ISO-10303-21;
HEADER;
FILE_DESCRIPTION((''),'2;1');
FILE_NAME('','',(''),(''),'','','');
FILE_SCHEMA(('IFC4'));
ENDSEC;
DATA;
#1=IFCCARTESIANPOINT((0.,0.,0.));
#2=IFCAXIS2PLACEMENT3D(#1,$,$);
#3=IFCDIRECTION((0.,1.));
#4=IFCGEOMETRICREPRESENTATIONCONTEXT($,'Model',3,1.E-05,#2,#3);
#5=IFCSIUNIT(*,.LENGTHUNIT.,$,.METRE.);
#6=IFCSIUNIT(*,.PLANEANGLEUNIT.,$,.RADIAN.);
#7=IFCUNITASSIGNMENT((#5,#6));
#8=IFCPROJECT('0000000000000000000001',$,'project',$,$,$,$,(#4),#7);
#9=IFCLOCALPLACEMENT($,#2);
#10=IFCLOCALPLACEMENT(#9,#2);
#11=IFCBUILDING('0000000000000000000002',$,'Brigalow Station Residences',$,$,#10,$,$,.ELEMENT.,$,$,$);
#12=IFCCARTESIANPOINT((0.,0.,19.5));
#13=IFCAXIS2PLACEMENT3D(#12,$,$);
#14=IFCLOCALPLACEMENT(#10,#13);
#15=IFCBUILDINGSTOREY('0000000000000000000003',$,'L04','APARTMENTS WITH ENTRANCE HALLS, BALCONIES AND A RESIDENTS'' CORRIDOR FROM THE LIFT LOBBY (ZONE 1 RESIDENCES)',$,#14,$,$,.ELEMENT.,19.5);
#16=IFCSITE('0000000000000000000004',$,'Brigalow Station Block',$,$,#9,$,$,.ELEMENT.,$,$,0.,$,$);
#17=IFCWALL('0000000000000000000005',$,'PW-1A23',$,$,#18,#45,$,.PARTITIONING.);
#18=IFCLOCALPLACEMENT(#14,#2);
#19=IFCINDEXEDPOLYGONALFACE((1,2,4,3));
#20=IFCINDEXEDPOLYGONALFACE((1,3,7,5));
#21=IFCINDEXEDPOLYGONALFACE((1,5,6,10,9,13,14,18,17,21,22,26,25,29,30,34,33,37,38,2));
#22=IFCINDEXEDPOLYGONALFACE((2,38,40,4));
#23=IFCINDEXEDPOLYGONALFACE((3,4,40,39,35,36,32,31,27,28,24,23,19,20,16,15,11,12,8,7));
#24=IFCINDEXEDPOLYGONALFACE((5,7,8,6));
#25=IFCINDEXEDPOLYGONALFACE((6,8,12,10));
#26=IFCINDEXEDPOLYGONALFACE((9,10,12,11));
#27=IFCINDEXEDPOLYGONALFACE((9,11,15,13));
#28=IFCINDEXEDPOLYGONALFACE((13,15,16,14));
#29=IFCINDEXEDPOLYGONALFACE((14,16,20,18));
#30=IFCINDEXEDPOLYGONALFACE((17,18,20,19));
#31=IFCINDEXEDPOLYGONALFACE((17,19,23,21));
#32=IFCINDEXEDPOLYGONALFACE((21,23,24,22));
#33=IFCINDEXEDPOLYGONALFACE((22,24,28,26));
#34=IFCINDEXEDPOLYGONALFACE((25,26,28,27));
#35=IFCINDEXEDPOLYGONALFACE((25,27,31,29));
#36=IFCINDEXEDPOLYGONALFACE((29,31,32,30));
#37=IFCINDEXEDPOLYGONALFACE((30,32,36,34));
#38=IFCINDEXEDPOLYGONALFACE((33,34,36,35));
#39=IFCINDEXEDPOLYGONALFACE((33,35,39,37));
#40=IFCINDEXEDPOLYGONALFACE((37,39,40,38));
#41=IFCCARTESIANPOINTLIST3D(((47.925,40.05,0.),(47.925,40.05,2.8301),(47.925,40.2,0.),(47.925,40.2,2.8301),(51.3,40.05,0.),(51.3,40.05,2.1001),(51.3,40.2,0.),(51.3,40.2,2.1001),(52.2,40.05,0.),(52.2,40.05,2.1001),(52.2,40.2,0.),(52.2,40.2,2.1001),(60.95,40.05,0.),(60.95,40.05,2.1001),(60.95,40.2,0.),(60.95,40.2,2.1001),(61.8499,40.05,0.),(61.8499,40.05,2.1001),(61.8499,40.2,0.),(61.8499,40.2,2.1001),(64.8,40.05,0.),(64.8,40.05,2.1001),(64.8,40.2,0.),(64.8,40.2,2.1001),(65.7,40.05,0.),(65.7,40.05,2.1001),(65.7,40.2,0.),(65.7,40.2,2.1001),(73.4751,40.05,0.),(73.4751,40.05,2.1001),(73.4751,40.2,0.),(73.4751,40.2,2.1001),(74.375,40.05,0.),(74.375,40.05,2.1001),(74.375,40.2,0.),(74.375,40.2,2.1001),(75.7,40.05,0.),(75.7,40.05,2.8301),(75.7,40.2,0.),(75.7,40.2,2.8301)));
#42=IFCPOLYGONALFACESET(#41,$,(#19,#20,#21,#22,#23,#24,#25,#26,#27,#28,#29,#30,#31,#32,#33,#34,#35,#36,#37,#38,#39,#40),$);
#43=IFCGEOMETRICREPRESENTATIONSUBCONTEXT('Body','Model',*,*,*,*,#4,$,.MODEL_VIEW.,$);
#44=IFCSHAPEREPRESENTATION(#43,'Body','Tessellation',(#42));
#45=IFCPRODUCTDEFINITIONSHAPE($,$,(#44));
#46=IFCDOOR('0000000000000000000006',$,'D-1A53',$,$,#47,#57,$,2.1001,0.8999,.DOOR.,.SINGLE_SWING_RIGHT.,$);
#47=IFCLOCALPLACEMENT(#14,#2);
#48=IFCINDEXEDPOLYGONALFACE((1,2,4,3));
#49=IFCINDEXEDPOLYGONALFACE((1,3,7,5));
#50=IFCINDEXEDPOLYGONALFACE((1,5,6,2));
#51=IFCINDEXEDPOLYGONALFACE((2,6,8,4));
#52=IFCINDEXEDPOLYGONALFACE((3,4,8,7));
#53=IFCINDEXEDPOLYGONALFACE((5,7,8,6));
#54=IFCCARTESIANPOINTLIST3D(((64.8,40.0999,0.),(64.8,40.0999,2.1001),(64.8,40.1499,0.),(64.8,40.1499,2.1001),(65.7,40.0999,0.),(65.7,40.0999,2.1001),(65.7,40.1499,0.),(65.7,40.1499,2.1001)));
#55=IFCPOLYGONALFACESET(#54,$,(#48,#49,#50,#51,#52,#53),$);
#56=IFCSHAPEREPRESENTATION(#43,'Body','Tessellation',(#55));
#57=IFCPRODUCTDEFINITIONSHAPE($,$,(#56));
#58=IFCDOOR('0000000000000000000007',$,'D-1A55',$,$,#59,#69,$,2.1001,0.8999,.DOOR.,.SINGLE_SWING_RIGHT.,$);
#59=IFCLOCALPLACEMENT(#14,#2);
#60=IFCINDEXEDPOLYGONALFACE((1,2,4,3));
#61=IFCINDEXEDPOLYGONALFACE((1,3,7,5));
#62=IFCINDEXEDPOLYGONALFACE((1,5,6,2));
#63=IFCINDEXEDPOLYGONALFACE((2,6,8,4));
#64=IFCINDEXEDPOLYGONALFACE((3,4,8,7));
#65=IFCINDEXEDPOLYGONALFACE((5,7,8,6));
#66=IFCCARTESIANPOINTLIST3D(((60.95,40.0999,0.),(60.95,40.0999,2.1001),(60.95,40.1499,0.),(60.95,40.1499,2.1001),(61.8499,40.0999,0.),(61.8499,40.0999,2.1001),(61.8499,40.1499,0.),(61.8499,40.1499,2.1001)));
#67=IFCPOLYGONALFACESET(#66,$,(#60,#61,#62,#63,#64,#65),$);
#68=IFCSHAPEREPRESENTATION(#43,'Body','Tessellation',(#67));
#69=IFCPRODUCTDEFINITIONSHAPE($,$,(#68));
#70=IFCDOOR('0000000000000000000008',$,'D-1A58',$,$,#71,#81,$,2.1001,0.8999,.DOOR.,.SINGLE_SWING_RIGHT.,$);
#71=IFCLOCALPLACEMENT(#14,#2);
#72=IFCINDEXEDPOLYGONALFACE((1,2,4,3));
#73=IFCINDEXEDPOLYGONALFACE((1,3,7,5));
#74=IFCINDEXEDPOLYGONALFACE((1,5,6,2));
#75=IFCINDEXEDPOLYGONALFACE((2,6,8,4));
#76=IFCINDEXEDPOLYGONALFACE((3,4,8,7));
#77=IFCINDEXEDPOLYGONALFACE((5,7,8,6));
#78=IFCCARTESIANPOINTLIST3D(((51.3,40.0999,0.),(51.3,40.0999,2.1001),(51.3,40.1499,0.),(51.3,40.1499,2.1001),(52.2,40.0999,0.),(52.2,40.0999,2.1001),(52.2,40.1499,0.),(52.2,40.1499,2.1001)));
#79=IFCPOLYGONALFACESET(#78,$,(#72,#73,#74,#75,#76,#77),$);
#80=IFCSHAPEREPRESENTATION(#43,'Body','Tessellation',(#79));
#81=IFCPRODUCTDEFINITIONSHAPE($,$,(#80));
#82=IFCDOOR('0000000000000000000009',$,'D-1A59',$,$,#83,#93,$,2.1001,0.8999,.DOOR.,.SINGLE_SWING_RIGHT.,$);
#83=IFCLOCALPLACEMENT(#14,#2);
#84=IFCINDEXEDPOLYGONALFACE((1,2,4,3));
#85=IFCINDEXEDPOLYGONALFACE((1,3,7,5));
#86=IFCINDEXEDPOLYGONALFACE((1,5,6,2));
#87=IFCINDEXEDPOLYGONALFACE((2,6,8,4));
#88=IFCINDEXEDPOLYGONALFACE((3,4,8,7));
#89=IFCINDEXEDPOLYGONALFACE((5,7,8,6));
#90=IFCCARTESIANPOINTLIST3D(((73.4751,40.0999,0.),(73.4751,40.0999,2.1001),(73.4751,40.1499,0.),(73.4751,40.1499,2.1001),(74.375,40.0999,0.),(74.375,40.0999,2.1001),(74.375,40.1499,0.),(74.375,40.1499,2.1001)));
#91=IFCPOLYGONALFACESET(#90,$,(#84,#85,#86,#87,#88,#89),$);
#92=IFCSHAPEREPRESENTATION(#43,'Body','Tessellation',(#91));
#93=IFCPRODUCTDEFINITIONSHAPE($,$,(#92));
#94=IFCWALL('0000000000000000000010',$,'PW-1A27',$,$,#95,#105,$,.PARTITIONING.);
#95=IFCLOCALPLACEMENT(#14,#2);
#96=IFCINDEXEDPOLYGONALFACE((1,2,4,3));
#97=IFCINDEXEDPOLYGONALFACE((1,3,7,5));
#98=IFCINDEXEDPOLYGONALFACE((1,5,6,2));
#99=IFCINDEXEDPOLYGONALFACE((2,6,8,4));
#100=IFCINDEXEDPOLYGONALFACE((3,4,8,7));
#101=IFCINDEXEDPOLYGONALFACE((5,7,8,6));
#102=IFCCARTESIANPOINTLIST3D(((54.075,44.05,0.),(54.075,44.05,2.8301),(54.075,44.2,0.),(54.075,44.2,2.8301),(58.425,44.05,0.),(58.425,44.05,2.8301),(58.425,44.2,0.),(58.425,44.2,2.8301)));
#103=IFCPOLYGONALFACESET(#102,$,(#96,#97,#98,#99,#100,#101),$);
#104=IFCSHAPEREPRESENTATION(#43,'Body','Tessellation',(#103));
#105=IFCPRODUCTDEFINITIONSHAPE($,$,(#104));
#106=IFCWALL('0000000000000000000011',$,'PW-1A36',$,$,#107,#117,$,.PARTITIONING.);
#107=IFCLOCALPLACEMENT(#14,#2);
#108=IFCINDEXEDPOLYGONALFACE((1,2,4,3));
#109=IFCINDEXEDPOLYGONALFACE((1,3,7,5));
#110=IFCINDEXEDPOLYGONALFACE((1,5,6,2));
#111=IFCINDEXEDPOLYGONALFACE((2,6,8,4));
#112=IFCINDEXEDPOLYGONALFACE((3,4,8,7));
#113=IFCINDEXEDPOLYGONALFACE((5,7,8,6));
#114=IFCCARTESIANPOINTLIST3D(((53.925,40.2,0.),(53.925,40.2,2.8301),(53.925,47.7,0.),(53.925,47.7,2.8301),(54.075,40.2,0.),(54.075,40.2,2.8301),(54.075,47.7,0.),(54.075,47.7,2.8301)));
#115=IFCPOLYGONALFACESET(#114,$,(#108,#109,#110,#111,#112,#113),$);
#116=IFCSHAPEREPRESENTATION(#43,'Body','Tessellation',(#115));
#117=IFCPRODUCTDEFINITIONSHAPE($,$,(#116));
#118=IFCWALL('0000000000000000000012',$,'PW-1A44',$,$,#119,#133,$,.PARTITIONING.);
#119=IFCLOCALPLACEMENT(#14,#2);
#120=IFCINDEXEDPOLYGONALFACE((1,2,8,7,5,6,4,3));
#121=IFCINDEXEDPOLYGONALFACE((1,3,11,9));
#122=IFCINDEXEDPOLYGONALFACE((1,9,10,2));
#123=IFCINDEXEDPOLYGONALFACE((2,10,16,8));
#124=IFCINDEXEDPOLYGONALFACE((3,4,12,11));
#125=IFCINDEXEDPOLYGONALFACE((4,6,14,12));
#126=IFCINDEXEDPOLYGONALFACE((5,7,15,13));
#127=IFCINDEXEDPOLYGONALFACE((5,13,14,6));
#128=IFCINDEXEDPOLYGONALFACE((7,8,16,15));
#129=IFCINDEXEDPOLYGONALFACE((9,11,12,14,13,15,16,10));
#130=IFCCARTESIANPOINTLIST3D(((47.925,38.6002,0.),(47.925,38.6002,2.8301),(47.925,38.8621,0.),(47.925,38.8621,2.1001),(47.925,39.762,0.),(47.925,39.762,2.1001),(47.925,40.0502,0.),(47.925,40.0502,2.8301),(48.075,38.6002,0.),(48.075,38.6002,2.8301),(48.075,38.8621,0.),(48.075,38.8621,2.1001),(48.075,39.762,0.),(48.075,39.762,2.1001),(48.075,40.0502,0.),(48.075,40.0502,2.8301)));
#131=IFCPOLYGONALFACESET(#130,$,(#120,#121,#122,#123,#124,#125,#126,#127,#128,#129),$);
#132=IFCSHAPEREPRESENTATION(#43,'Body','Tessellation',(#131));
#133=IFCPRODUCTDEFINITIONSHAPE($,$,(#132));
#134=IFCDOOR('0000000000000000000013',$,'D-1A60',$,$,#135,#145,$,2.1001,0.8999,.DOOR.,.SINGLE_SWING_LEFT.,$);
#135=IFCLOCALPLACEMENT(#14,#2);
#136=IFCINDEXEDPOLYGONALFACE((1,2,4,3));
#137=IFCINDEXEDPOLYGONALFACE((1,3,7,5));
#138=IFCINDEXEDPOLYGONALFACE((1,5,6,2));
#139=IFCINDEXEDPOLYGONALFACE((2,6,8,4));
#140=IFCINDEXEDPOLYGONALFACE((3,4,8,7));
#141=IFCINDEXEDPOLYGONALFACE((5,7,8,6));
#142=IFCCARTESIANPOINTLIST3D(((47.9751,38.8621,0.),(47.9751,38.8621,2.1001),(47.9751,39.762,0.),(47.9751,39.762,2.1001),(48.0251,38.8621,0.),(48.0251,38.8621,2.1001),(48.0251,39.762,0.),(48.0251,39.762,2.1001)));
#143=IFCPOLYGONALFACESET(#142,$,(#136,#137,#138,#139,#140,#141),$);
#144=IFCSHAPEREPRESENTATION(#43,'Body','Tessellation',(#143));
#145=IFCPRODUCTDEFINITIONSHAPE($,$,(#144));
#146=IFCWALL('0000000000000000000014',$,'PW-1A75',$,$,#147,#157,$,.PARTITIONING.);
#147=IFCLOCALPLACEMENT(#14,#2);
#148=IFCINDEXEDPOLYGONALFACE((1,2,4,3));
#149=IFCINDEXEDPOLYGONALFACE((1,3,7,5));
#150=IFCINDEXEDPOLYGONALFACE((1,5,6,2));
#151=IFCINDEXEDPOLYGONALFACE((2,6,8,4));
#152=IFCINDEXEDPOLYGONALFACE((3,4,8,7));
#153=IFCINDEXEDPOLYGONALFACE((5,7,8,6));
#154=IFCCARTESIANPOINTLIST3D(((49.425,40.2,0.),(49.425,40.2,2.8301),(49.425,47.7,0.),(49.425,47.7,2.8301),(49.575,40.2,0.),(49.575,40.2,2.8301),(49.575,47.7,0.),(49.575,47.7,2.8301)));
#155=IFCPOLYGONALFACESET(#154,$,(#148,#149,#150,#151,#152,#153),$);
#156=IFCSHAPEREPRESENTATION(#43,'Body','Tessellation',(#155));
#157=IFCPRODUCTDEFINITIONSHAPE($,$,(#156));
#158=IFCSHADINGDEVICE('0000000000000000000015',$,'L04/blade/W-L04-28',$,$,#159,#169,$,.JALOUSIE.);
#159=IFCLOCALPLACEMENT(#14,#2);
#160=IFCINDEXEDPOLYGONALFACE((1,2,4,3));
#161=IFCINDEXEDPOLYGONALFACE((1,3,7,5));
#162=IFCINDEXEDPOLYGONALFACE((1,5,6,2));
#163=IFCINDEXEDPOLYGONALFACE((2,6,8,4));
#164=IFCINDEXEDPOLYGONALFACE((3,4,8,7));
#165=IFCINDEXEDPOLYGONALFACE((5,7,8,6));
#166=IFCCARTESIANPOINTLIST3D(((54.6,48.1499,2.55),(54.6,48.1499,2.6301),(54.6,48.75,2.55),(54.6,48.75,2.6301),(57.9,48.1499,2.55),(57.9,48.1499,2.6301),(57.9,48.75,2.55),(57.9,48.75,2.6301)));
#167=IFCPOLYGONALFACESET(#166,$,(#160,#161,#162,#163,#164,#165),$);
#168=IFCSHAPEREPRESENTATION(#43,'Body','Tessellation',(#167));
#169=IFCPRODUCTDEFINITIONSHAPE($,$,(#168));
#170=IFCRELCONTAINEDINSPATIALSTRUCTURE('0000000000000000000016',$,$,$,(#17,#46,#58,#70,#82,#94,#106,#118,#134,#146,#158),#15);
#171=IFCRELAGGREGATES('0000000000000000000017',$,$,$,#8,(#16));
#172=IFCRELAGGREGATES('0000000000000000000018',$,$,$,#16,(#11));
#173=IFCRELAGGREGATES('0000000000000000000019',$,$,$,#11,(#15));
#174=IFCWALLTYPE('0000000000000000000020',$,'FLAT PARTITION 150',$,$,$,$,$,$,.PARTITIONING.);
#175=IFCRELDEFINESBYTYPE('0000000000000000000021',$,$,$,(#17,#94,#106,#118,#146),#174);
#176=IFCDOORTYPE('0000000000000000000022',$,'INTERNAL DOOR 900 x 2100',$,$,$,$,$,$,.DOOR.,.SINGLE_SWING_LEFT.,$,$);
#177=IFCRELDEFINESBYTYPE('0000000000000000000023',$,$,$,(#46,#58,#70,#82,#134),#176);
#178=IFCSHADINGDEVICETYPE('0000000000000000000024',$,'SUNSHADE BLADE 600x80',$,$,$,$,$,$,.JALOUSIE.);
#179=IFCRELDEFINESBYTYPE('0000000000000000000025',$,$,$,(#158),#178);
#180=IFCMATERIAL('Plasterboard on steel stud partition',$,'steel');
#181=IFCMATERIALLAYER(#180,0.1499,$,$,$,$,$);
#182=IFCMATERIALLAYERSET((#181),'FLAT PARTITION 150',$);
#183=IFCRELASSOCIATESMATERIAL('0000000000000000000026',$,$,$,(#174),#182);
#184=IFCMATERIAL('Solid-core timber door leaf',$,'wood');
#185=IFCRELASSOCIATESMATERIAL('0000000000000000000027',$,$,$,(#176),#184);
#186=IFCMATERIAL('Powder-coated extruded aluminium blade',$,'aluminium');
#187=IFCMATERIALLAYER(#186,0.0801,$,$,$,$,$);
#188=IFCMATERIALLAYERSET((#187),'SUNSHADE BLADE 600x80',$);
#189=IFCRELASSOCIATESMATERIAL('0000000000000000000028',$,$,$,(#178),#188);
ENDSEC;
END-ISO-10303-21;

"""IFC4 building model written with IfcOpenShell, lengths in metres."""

from ifc_helpers import new_model, si_unit, direction, frame, frame_2d, origin, origin_2d, place, context, subcontext, project, spatial, rectangle, extrude, material, layer, layer_set, type_object, element, fill, save


model = new_model("IFC4")

# Units and contexts
model_context = context("Model", 3, precision=1e-05, world=origin(), true_north=direction((0.0, 1.0)))
body_context = subcontext(model_context, "Body", "Model", "MODEL_VIEW")
ifc_project = project(units=[si_unit("LENGTHUNIT", "METRE"), si_unit("PLANEANGLEUNIT", "RADIAN")], contexts=[model_context])

# Site, building, storey
site_placement = place(None, origin())
site = spatial("IfcSite", under=ifc_project, at=site_placement, Name="Brigalow Station Block", CompositionType="ELEMENT", RefElevation=0.0)
building_placement = place(site_placement, origin())
building = spatial("IfcBuilding", under=site, at=building_placement, Name="Brigalow Station Residences", CompositionType="ELEMENT")
storey_placement = place(building_placement, frame((0.0, 0.0, 19.5)))
storey = spatial("IfcBuildingStorey", under=building, at=storey_placement, Name="L04", Description="APARTMENTS WITH ENTRANCE HALLS, BALCONIES AND A RESIDENTS' CORRIDOR FROM THE LIFT LOBBY (ZONE 1 RESIDENCES)", CompositionType="ELEMENT", Elevation=19.5)

# Wall, openings, doors
ifc_material_1 = material(Name="Plasterboard on steel stud partition", Category="steel")
ifc_layer_1 = layer(ifc_material_1, 0.1499)
ifc_layer_set_1 = layer_set([ifc_layer_1], Name="FLAT PARTITION 150")
wall_type_1 = type_object("IfcWallType", Name="FLAT PARTITION 150", PredefinedType="PARTITIONING", material=ifc_layer_set_1)
wall_1_placement = place(storey_placement, frame((47.925, 40.125, 0.0), z_axis=(0.0, 0.0, 1.0), x_axis=(1.0, 0.0, 0.0)))
wall_1 = element("IfcWall", 1, at=wall_1_placement, inside=storey, type_object=wall_type_1, Name="PW-1A23", PredefinedType="PARTITIONING", context=body_context, shape_type="SweptSolid", body=[
    extrude(rectangle(XDim=27.7749, YDim=0.1499, at=frame_2d((13.8875, 0.0))), origin(), (0.0, 0.0, 1.0), 2.8301),
])
opening_1_placement = place(wall_1_placement, frame((16.875, 0.0, 0.0)))
opening_1 = element("IfcOpeningElement", 2, at=opening_1_placement, cuts=wall_1, PredefinedType="OPENING", context=body_context, shape_type="SweptSolid", body=[
    extrude(rectangle(XDim=0.8999, YDim=2.1001, at=frame_2d((0.45, 1.05))), frame((0.0, 0.085, 0.0), z_axis=(0.0, -1.0, 0.0), x_axis=(1.0, 0.0, 0.0)), (0.0, 0.0, 1.0), 0.1699),
])
opening_2_placement = place(wall_1_placement, frame((13.0249, 0.0, 0.0)))
opening_2 = element("IfcOpeningElement", 3, at=opening_2_placement, cuts=wall_1, PredefinedType="OPENING", context=body_context, shape_type="SweptSolid", body=[
    extrude(rectangle(XDim=0.8999, YDim=2.1001, at=frame_2d((0.45, 1.05))), frame((0.0, 0.085, 0.0), z_axis=(0.0, -1.0, 0.0), x_axis=(1.0, 0.0, 0.0)), (0.0, 0.0, 1.0), 0.1699),
])
opening_3_placement = place(wall_1_placement, frame((3.375, 0.0, 0.0)))
opening_3 = element("IfcOpeningElement", 4, at=opening_3_placement, cuts=wall_1, PredefinedType="OPENING", context=body_context, shape_type="SweptSolid", body=[
    extrude(rectangle(XDim=0.8999, YDim=2.1001, at=frame_2d((0.45, 1.05))), frame((0.0, 0.085, 0.0), z_axis=(0.0, -1.0, 0.0), x_axis=(1.0, 0.0, 0.0)), (0.0, 0.0, 1.0), 0.1699),
])
opening_4_placement = place(wall_1_placement, frame((25.55, 0.0, 0.0)))
opening_4 = element("IfcOpeningElement", 5, at=opening_4_placement, cuts=wall_1, PredefinedType="OPENING", context=body_context, shape_type="SweptSolid", body=[
    extrude(rectangle(XDim=0.8999, YDim=2.1001, at=frame_2d((0.45, 1.05))), frame((0.0, 0.085, 0.0), z_axis=(0.0, -1.0, 0.0), x_axis=(1.0, 0.0, 0.0)), (0.0, 0.0, 1.0), 0.1699),
])
ifc_material_2 = material(Name="Solid-core timber door leaf", Category="wood")
door_type_1 = type_object("IfcDoorType", Name="INTERNAL DOOR 900 x 2100", OperationType="SINGLE_SWING_LEFT", PredefinedType="DOOR", material=ifc_material_2)
door_1_placement = place(opening_1_placement, origin())
door_1 = element("IfcDoor", 6, at=door_1_placement, inside=storey, type_object=door_type_1, Name="D-1A53", OperationType="SINGLE_SWING_RIGHT", OverallHeight=2.1001, OverallWidth=0.8999, PredefinedType="DOOR", context=body_context, shape_type="SweptSolid", body=[
    extrude(rectangle(XDim=0.8999, YDim=2.1001, at=frame_2d((0.45, 1.05))), frame((0.0, 0.0249, 0.0), z_axis=(0.0, -1.0, 0.0), x_axis=(1.0, 0.0, 0.0)), (0.0, 0.0, 1.0), 0.05),
])
fill(opening_1, door_1)
door_2_placement = place(opening_2_placement, origin())
door_2 = element("IfcDoor", 7, at=door_2_placement, inside=storey, type_object=door_type_1, Name="D-1A55", OperationType="SINGLE_SWING_RIGHT", OverallHeight=2.1001, OverallWidth=0.8999, PredefinedType="DOOR", context=body_context, shape_type="SweptSolid", body=[
    extrude(rectangle(XDim=0.8999, YDim=2.1001, at=frame_2d((0.45, 1.05))), frame((0.0, 0.0249, 0.0), z_axis=(0.0, -1.0, 0.0), x_axis=(1.0, 0.0, 0.0)), (0.0, 0.0, 1.0), 0.05),
])
fill(opening_2, door_2)
door_3_placement = place(opening_3_placement, origin())
door_3 = element("IfcDoor", 8, at=door_3_placement, inside=storey, type_object=door_type_1, Name="D-1A58", OperationType="SINGLE_SWING_RIGHT", OverallHeight=2.1001, OverallWidth=0.8999, PredefinedType="DOOR", context=body_context, shape_type="SweptSolid", body=[
    extrude(rectangle(XDim=0.8999, YDim=2.1001, at=frame_2d((0.45, 1.05))), frame((0.0, 0.0249, 0.0), z_axis=(0.0, -1.0, 0.0), x_axis=(1.0, 0.0, 0.0)), (0.0, 0.0, 1.0), 0.05),
])
fill(opening_3, door_3)
door_4_placement = place(opening_4_placement, origin())
door_4 = element("IfcDoor", 9, at=door_4_placement, inside=storey, type_object=door_type_1, Name="D-1A59", OperationType="SINGLE_SWING_RIGHT", OverallHeight=2.1001, OverallWidth=0.8999, PredefinedType="DOOR", context=body_context, shape_type="SweptSolid", body=[
    extrude(rectangle(XDim=0.8999, YDim=2.1001, at=frame_2d((0.45, 1.05))), frame((0.0, 0.0249, 0.0), z_axis=(0.0, -1.0, 0.0), x_axis=(1.0, 0.0, 0.0)), (0.0, 0.0, 1.0), 0.05),
])
fill(opening_4, door_4)

# Walls
wall_2_placement = place(storey_placement, frame((54.075, 44.125, 0.0), z_axis=(0.0, 0.0, 1.0), x_axis=(1.0, 0.0, 0.0)))
element("IfcWall", 10, at=wall_2_placement, inside=storey, type_object=wall_type_1, Name="PW-1A27", PredefinedType="PARTITIONING", context=body_context, shape_type="SweptSolid", body=[
    extrude(rectangle(XDim=4.3501, YDim=0.1499, at=frame_2d((2.175, 0.0))), origin(), (0.0, 0.0, 1.0), 2.8301),
])
wall_3_placement = place(storey_placement, frame((54.0, 40.2, 0.0), z_axis=(0.0, 0.0, 1.0), x_axis=(0.0, 1.0, 0.0)))
element("IfcWall", 11, at=wall_3_placement, inside=storey, type_object=wall_type_1, Name="PW-1A36", PredefinedType="PARTITIONING", context=body_context, shape_type="SweptSolid", body=[
    extrude(rectangle(XDim=7.5, YDim=0.1499, at=frame_2d((3.75, 0.0))), origin(), (0.0, 0.0, 1.0), 2.8301),
])

# Wall, opening, door
wall_4_placement = place(storey_placement, frame((48.0, 38.6001, 0.0), z_axis=(0.0, 0.0, 1.0), x_axis=(0.0, 1.0, 0.0)))
wall_4 = element("IfcWall", 12, at=wall_4_placement, inside=storey, type_object=wall_type_1, Name="PW-1A44", PredefinedType="PARTITIONING", context=body_context, shape_type="SweptSolid", body=[
    extrude(rectangle(XDim=1.45, YDim=0.1499, at=frame_2d((0.7251, 0.0))), origin(), (0.0, 0.0, 1.0), 2.8301),
])
opening_5_placement = place(wall_4_placement, frame((0.262, 0.0, 0.0)))
opening_5 = element("IfcOpeningElement", 13, at=opening_5_placement, cuts=wall_4, PredefinedType="OPENING", context=body_context, shape_type="SweptSolid", body=[
    extrude(rectangle(XDim=0.8999, YDim=2.1001, at=frame_2d((0.45, 1.05))), frame((0.0, 0.085, 0.0), z_axis=(0.0, -1.0, 0.0), x_axis=(1.0, 0.0, 0.0)), (0.0, 0.0, 1.0), 0.1699),
])
door_5_placement = place(opening_5_placement, origin())
door_5 = element("IfcDoor", 14, at=door_5_placement, inside=storey, type_object=door_type_1, Name="D-1A60", OperationType="SINGLE_SWING_LEFT", OverallHeight=2.1001, OverallWidth=0.8999, PredefinedType="DOOR", context=body_context, shape_type="SweptSolid", body=[
    extrude(rectangle(XDim=0.8999, YDim=2.1001, at=frame_2d((0.45, 1.05))), frame((0.0, 0.0249, 0.0), z_axis=(0.0, -1.0, 0.0), x_axis=(1.0, 0.0, 0.0)), (0.0, 0.0, 1.0), 0.05),
])
fill(opening_5, door_5)

# Wall
wall_5_placement = place(storey_placement, frame((49.5, 40.2, 0.0), z_axis=(0.0, 0.0, 1.0), x_axis=(0.0, 1.0, 0.0)))
element("IfcWall", 15, at=wall_5_placement, inside=storey, type_object=wall_type_1, Name="PW-1A75", PredefinedType="PARTITIONING", context=body_context, shape_type="SweptSolid", body=[
    extrude(rectangle(XDim=7.5, YDim=0.1499, at=frame_2d((3.75, 0.0))), origin(), (0.0, 0.0, 1.0), 2.8301),
])

# Shading device
ifc_material_3 = material(Name="Powder-coated extruded aluminium blade", Category="aluminium")
ifc_layer_2 = layer(ifc_material_3, 0.0801)
ifc_layer_set_2 = layer_set([ifc_layer_2], Name="SUNSHADE BLADE 600x80")
shading_device_type = type_object("IfcShadingDeviceType", Name="SUNSHADE BLADE 600x80", PredefinedType="JALOUSIE", material=ifc_layer_set_2)
shading_device_placement = place(storey_placement, frame((56.25, 48.45, 2.55), z_axis=(0.0, 0.0, 1.0), x_axis=(-1.0, 0.0, 0.0)))
element("IfcShadingDevice", 16, at=shading_device_placement, inside=storey, type_object=shading_device_type, Name="L04/blade/W-L04-28", PredefinedType="JALOUSIE", context=body_context, shape_type="SweptSolid", body=[
    extrude(rectangle(XDim=3.3, YDim=0.6001, at=origin_2d()), origin(), (0.0, 0.0, 1.0), 0.0801),
])

save(model, "model.ifc")
